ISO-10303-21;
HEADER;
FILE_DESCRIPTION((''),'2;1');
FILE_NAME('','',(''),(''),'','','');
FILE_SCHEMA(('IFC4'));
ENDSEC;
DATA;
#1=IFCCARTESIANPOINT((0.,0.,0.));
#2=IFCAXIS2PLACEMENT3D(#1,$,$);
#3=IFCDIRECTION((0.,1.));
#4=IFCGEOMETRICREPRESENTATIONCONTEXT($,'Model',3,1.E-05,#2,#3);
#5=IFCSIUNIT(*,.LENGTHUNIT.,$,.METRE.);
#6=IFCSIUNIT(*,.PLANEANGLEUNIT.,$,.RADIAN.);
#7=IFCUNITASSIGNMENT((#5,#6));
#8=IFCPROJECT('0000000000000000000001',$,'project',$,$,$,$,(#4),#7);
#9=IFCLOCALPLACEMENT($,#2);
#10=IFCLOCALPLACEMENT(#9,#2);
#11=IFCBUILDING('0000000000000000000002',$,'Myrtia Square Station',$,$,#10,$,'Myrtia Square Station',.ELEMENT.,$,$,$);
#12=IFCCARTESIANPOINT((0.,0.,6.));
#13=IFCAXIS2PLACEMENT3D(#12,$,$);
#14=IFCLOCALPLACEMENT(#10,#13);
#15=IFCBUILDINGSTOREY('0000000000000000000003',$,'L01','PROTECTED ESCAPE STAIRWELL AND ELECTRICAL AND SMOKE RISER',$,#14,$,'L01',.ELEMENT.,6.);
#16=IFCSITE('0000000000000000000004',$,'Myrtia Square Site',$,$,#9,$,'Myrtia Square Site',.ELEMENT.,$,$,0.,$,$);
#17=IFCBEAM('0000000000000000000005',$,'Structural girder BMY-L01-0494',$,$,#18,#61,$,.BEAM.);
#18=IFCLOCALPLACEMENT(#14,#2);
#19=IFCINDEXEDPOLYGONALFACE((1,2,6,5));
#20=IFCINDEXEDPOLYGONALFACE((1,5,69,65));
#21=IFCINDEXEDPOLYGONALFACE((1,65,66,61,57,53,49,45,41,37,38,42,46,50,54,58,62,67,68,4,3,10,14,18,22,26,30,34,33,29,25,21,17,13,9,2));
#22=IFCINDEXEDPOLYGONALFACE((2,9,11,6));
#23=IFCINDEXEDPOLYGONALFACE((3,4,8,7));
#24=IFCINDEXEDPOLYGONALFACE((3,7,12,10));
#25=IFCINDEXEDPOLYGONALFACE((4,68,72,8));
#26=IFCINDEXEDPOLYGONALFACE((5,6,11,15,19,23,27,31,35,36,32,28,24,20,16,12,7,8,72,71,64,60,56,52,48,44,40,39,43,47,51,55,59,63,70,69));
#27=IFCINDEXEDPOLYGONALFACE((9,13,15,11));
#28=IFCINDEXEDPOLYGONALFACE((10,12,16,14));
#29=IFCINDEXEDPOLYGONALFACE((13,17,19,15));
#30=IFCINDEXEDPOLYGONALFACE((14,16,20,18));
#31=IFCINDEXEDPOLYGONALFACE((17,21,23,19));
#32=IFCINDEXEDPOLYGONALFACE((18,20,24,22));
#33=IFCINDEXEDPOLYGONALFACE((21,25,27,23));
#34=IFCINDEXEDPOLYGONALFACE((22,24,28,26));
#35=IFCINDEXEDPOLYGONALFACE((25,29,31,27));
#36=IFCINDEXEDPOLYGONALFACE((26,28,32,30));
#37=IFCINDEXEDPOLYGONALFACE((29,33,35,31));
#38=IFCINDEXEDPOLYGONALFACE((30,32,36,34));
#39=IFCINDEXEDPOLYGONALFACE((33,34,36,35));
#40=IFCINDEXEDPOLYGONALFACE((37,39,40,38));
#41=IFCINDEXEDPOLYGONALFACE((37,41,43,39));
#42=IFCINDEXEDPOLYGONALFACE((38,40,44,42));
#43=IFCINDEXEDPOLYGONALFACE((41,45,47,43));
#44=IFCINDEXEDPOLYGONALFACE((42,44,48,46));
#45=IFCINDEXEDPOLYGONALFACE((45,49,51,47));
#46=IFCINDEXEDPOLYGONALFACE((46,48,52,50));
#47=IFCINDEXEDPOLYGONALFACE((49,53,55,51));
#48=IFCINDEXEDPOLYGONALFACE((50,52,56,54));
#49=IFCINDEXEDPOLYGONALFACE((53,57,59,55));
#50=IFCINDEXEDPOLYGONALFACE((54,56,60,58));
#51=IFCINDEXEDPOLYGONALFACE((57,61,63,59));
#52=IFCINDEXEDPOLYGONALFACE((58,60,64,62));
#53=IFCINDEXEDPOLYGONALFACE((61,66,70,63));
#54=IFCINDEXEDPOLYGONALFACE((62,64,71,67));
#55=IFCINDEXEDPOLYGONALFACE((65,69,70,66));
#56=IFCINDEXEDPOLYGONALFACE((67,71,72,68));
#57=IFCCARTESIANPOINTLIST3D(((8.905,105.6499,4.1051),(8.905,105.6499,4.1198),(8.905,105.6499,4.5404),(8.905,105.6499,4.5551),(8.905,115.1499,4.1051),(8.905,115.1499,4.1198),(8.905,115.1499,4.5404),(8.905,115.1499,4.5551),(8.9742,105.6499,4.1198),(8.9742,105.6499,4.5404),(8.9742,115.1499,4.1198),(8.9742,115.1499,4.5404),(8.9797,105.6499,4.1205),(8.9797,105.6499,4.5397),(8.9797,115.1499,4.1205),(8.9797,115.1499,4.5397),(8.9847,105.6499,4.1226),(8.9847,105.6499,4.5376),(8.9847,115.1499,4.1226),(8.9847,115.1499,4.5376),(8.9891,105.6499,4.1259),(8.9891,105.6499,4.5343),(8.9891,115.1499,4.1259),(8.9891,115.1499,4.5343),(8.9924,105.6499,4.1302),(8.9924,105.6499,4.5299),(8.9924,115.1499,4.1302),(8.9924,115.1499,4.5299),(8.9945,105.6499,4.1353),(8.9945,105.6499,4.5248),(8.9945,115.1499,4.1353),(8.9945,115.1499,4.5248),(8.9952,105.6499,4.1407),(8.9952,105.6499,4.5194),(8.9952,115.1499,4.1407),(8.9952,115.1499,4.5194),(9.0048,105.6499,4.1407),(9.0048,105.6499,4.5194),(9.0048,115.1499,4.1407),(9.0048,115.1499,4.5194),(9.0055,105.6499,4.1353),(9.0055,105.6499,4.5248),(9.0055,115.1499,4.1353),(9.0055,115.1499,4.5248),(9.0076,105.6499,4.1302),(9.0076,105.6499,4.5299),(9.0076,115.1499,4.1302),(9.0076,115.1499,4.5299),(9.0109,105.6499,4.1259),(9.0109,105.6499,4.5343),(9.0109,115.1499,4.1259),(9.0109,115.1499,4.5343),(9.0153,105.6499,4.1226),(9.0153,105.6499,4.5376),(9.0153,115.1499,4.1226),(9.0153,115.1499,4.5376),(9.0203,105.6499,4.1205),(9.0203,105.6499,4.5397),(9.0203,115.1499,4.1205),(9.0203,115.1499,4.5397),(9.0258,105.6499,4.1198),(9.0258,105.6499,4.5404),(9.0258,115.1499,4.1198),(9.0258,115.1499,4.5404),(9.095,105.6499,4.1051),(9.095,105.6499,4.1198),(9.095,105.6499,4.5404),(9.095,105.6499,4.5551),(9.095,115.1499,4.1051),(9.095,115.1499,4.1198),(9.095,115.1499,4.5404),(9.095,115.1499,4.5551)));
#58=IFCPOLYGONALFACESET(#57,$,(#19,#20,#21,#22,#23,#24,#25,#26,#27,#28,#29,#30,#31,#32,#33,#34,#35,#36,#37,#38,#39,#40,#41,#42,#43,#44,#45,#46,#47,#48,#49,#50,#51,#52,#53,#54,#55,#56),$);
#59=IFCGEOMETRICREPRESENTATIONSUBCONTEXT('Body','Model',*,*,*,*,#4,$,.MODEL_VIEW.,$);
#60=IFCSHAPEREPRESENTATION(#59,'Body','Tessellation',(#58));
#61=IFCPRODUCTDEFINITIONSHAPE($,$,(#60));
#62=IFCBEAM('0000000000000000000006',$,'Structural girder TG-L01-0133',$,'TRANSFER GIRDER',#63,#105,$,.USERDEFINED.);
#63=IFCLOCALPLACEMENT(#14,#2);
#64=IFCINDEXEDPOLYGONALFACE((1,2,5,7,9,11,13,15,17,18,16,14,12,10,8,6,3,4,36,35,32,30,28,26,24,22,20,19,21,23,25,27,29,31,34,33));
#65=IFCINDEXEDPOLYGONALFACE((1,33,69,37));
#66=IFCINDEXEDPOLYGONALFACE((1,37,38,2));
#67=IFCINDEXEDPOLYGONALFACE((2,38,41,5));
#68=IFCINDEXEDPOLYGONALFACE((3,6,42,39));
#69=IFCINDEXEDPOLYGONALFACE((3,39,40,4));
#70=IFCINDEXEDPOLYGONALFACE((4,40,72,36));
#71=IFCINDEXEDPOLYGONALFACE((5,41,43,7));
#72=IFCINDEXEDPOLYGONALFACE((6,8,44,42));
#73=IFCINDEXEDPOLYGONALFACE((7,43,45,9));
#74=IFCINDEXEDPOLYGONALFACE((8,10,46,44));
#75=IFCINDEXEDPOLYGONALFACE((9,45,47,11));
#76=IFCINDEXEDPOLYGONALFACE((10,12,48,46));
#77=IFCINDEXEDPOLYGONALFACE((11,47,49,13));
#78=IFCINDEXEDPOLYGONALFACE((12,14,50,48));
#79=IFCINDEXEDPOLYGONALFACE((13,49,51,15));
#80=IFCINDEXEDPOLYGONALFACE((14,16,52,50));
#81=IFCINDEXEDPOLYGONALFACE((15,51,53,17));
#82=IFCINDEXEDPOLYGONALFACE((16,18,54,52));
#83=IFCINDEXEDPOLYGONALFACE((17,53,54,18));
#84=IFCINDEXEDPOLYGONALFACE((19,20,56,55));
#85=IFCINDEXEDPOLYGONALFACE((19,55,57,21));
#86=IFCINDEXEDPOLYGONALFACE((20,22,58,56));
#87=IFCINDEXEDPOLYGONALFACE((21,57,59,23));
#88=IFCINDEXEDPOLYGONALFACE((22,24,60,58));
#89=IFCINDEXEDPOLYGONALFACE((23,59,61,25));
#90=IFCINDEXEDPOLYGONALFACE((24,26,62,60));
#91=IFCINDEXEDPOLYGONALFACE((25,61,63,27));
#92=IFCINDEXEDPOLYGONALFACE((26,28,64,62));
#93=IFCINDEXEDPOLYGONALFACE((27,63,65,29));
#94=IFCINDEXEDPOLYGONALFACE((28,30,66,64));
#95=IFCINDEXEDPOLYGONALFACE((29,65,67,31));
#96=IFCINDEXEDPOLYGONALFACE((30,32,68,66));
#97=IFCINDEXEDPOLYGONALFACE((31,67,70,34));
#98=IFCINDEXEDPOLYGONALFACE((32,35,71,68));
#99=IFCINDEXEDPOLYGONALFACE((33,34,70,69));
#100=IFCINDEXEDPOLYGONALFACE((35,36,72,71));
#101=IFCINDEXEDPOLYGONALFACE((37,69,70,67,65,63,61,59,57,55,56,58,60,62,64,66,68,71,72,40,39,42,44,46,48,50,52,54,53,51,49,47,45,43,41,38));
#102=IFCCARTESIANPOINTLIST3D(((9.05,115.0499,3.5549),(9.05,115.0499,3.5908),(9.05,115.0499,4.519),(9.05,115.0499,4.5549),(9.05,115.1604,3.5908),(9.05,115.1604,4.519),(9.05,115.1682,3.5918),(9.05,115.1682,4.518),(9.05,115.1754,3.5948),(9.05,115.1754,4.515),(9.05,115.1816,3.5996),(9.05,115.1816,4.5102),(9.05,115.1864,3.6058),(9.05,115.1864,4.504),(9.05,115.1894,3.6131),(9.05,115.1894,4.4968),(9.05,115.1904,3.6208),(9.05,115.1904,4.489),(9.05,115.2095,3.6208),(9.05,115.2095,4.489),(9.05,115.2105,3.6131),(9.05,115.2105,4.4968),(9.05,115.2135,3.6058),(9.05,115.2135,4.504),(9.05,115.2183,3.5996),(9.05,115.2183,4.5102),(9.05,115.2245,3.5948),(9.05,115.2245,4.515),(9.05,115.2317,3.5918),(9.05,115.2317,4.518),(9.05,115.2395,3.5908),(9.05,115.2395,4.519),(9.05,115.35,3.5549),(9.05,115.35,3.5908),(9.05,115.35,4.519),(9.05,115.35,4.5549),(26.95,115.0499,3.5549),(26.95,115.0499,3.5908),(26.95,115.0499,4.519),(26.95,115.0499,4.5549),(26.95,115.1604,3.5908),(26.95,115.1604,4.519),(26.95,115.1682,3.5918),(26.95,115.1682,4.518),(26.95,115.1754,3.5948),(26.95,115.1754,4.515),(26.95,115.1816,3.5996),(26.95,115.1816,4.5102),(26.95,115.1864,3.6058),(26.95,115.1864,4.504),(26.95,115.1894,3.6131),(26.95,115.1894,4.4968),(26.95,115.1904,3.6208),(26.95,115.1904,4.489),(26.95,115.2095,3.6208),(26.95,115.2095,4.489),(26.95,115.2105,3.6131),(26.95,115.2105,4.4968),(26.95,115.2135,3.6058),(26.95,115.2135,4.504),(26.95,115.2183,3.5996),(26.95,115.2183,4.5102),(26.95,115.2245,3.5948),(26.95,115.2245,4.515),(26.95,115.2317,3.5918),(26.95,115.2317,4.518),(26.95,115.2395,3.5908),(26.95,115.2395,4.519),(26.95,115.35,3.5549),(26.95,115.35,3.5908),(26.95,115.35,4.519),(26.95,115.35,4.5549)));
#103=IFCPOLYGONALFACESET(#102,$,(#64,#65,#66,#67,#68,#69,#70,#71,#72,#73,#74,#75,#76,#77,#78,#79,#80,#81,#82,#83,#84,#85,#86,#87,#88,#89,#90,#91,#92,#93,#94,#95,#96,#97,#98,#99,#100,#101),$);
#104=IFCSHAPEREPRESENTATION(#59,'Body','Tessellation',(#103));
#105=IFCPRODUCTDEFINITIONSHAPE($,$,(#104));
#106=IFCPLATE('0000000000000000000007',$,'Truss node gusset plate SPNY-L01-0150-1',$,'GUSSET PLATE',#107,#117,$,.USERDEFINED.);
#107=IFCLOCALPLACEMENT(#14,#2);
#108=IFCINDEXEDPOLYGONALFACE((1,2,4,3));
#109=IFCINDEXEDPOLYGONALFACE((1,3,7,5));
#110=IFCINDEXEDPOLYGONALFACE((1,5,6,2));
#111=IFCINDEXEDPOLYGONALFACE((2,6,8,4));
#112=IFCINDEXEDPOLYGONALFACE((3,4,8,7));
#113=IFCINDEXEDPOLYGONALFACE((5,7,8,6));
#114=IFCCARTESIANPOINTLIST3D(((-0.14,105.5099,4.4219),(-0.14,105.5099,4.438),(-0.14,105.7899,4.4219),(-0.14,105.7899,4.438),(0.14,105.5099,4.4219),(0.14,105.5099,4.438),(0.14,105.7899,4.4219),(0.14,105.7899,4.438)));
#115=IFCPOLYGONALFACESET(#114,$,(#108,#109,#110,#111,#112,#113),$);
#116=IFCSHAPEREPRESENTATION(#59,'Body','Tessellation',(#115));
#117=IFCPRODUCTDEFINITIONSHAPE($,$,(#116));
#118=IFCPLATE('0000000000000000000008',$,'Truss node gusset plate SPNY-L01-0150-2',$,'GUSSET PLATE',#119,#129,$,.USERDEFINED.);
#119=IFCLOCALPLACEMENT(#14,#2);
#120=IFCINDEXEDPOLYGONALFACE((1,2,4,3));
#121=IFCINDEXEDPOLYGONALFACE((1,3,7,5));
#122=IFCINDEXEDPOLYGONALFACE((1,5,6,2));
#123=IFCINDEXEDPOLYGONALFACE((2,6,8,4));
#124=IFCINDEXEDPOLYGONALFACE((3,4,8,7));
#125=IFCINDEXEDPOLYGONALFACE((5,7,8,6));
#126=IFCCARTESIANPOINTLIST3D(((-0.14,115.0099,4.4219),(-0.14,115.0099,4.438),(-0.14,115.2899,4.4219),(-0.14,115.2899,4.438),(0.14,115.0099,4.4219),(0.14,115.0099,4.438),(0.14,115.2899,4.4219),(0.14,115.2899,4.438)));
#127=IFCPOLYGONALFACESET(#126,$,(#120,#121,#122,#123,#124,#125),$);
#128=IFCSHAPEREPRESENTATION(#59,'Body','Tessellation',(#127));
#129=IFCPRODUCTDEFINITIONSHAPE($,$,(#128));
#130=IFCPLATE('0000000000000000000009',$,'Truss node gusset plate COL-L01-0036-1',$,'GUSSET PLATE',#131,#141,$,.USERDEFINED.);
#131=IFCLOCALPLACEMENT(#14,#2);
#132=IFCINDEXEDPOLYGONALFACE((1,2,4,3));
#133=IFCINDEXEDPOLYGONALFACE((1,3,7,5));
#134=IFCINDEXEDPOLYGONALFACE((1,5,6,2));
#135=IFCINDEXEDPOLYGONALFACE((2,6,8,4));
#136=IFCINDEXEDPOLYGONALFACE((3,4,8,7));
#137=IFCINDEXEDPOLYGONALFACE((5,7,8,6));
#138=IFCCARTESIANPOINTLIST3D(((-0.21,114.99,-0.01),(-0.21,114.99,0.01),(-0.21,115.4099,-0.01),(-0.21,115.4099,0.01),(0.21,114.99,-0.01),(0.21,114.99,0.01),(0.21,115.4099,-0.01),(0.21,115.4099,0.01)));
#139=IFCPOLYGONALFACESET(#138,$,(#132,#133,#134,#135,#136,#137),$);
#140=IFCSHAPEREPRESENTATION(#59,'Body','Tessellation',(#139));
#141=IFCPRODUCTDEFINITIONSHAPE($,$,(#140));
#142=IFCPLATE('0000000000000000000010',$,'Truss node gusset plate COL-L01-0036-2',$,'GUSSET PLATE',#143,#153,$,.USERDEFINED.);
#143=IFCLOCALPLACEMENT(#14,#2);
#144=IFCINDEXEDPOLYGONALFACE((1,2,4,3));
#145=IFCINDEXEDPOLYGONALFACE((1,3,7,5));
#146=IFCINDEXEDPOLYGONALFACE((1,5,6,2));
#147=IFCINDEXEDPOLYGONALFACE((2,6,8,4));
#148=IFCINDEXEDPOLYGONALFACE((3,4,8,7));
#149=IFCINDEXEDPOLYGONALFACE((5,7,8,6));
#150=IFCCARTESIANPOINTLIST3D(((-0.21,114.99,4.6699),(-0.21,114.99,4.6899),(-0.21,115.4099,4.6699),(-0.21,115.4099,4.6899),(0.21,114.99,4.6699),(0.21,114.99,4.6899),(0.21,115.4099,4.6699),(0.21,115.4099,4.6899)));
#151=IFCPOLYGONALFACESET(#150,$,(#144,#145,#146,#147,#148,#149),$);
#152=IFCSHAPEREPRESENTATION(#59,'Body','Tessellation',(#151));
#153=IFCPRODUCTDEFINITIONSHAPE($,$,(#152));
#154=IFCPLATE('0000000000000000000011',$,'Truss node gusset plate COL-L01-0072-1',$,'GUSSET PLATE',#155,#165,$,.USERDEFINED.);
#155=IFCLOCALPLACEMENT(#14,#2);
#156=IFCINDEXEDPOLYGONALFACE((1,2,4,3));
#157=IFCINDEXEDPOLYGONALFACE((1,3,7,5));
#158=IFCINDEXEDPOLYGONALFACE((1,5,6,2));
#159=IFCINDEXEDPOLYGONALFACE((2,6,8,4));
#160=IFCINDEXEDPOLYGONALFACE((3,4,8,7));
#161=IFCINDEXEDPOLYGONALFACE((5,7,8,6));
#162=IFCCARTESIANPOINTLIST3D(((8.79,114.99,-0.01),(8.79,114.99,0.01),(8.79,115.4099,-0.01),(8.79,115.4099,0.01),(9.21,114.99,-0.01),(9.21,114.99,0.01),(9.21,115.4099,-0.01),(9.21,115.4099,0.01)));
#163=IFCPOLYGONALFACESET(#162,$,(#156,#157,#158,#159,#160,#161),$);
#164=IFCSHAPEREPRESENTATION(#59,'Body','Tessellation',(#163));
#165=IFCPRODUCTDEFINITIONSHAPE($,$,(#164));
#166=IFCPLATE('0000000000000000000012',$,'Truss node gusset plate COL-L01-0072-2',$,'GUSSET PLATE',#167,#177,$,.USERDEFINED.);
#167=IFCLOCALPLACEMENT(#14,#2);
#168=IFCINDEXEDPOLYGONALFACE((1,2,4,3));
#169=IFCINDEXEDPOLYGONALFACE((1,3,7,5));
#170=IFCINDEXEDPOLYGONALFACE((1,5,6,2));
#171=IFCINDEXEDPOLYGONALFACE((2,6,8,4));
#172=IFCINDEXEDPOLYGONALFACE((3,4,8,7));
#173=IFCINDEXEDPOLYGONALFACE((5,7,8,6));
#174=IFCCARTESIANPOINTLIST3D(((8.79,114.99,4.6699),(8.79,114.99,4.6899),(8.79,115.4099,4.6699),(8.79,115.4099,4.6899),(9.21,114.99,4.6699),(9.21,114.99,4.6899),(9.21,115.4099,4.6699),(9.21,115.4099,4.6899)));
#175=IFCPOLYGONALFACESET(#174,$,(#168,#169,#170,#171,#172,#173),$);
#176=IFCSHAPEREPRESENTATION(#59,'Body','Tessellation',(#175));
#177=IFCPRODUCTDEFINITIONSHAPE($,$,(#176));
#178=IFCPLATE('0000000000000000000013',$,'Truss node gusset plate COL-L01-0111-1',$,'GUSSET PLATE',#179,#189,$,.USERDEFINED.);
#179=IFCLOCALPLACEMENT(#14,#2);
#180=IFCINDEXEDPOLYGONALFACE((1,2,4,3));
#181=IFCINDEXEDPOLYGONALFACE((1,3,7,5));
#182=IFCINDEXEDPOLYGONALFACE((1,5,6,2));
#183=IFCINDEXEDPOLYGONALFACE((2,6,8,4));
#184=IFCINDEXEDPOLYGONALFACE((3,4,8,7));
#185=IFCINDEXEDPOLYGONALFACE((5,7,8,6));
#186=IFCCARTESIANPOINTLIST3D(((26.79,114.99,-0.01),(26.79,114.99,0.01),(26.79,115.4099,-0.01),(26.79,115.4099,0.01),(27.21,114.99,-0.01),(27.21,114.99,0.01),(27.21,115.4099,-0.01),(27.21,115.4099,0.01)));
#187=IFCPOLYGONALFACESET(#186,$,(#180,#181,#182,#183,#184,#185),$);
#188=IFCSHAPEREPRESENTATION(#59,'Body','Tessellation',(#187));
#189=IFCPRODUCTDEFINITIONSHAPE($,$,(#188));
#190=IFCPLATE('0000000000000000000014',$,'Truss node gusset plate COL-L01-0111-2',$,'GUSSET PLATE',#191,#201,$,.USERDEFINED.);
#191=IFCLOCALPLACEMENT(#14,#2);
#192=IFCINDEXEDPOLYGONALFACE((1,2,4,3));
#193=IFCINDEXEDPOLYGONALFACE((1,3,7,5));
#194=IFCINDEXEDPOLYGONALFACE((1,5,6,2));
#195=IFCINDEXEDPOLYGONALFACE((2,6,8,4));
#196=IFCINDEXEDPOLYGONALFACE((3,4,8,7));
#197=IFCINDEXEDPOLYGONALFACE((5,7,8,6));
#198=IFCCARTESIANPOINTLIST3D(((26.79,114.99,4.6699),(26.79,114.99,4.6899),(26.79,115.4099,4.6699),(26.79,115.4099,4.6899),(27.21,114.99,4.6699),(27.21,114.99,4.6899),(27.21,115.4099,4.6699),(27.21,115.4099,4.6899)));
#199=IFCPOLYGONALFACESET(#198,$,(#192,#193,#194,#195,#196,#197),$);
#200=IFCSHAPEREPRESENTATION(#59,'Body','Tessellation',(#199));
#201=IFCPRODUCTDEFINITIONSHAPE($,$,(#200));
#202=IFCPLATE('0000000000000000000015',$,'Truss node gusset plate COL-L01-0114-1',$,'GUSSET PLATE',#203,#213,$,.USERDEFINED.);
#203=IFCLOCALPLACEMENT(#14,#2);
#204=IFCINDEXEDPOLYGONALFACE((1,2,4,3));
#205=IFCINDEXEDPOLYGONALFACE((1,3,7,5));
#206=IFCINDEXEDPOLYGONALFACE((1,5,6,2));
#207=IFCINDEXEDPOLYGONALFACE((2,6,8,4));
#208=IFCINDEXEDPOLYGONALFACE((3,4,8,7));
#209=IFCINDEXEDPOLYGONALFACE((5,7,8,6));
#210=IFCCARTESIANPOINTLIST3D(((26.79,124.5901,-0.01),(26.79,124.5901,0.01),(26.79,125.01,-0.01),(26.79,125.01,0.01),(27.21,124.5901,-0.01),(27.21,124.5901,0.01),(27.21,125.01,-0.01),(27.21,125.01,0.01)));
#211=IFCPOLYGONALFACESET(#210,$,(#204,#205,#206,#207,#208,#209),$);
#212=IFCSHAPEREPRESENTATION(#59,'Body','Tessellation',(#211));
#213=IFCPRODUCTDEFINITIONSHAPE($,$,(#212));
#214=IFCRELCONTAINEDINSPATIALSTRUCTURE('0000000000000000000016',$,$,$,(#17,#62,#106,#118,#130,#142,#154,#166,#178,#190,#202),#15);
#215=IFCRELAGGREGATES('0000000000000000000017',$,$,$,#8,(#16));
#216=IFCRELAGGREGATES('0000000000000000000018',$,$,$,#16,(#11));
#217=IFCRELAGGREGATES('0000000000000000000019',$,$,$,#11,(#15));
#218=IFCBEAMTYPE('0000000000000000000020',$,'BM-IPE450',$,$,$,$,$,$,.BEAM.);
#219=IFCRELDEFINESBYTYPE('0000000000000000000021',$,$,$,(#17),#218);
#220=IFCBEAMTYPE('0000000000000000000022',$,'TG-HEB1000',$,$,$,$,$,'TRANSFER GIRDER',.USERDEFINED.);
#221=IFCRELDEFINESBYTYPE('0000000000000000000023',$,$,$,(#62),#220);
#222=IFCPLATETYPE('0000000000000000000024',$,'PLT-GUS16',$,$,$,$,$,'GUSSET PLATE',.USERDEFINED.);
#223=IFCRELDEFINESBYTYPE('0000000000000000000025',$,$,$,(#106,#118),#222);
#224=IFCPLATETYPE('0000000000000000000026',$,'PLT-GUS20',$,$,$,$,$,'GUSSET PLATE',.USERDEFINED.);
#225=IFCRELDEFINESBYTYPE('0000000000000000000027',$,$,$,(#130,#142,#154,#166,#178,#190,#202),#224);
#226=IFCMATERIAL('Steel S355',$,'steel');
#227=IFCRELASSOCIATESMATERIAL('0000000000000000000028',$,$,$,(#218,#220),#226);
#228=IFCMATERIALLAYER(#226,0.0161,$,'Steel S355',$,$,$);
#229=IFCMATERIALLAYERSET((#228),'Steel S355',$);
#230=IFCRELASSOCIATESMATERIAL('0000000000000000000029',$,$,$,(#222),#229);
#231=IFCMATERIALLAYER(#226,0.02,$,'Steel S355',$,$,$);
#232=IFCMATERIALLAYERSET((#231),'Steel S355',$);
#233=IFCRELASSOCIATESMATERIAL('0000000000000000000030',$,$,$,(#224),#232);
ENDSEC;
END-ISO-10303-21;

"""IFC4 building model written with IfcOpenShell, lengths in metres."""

from ifc_helpers import new_model, si_unit, direction, frame, origin, origin_2d, place, context, subcontext, project, spatial, rectangle, i_section, extrude, material, layer, layer_set, material_profile, profile_set, type_object, element, save


model = new_model("IFC4")

# Units and contexts
model_context = context("Model", 3, precision=1e-05, world=origin(), true_north=direction((0.0, 1.0)))
body_context = subcontext(model_context, "Body", "Model", "MODEL_VIEW")
ifc_project = project(units=[si_unit("LENGTHUNIT", "METRE"), si_unit("PLANEANGLEUNIT", "RADIAN")], contexts=[model_context])

# Site, building, storey
site_placement = place(None, origin())
site = spatial("IfcSite", under=ifc_project, at=site_placement, Name="Myrtia Square Site", LongName="Myrtia Square Site", CompositionType="ELEMENT", RefElevation=0.0)
building_placement = place(site_placement, origin())
building = spatial("IfcBuilding", under=site, at=building_placement, Name="Myrtia Square Station", LongName="Myrtia Square Station", CompositionType="ELEMENT")
storey_placement = place(building_placement, frame((0.0, 0.0, 6.0)))
storey = spatial("IfcBuildingStorey", under=building, at=storey_placement, Name="L01", Description="PROTECTED ESCAPE STAIRWELL AND ELECTRICAL AND SMOKE RISER", LongName="L01", CompositionType="ELEMENT", Elevation=6.0)

# Shared definitions
ifc_material_1 = material(Name="Steel S355", Category="steel")

# Beams
ifc_material_profile_1 = material_profile(ifc_material_1, i_section(OverallWidth=0.1899, OverallDepth=0.45, WebThickness=0.0095, FlangeThickness=0.0146, FilletRadius=0.021, at=origin_2d()), Name="IPE 450")
ifc_profile_set_1 = profile_set([ifc_material_profile_1], Name="Steel S355")
beam_type_1 = type_object("IfcBeamType", Name="BM-IPE450", PredefinedType="BEAM", material=ifc_profile_set_1)
beam_1_placement = place(storey_placement, frame((9.0, 105.6499, 4.3301), z_axis=(0.0, 1.0, 0.0), x_axis=(-1.0, 0.0, 0.0)))
element("IfcBeam", 1, at=beam_1_placement, inside=storey, type_object=beam_type_1, Name="Structural girder BMY-L01-0494", PredefinedType="BEAM", context=body_context, shape_type="SweptSolid", body=[
    extrude(i_section(OverallWidth=0.1899, OverallDepth=0.45, WebThickness=0.0095, FlangeThickness=0.0146, FilletRadius=0.021, at=origin_2d()), origin(), (0.0, 0.0, 1.0), 9.5),
])
ifc_material_profile_2 = material_profile(ifc_material_1, i_section(OverallWidth=0.3, OverallDepth=1.0, WebThickness=0.019, FlangeThickness=0.0359, FilletRadius=0.03, at=origin_2d()), Name="HEB 1000")
ifc_profile_set_2 = profile_set([ifc_material_profile_2], Name="Steel S355")
beam_type_2 = type_object("IfcBeamType", Name="TG-HEB1000", ElementType="TRANSFER GIRDER", PredefinedType="USERDEFINED", material=ifc_profile_set_2)
beam_2_placement = place(storey_placement, frame((9.05, 115.2, 4.0549), z_axis=(1.0, 0.0, 0.0), x_axis=(0.0, 1.0, 0.0)))
element("IfcBeam", 2, at=beam_2_placement, inside=storey, type_object=beam_type_2, Name="Structural girder TG-L01-0133", ObjectType="TRANSFER GIRDER", PredefinedType="USERDEFINED", context=body_context, shape_type="SweptSolid", body=[
    extrude(i_section(OverallWidth=0.3, OverallDepth=1.0, WebThickness=0.019, FlangeThickness=0.0359, FilletRadius=0.03, at=origin_2d()), origin(), (0.0, 0.0, 1.0), 17.8999),
])

# Plates
ifc_layer_1 = layer(ifc_material_1, 0.0161, Name="Steel S355")
ifc_layer_set_1 = layer_set([ifc_layer_1], Name="Steel S355")
plate_type_1 = type_object("IfcPlateType", Name="PLT-GUS16", ElementType="GUSSET PLATE", PredefinedType="USERDEFINED", material=ifc_layer_set_1)
for number, where, z_axis, x_axis, name in (
    (3, (0.0, 105.6499, 4.4219), (0.0, 0.0, 1.0), (0.0, 1.0, 0.0), "Truss node gusset plate SPNY-L01-0150-1"),
    (4, (0.0, 115.1499, 4.4219), (0.0, 0.0, 1.0), (0.0, 1.0, 0.0), "Truss node gusset plate SPNY-L01-0150-2"),
):
    element("IfcPlate", number, at=place(storey_placement, frame(where, z_axis=z_axis, x_axis=x_axis)), inside=storey, type_object=plate_type_1, Name=name, ObjectType="GUSSET PLATE", PredefinedType="USERDEFINED", context=body_context, shape_type="SweptSolid", body=[
        extrude(rectangle(XDim=0.28, YDim=0.28, at=origin_2d()), origin(), (0.0, 0.0, 1.0), 0.0161),
    ])
ifc_layer_2 = layer(ifc_material_1, 0.02, Name="Steel S355")
ifc_layer_set_2 = layer_set([ifc_layer_2], Name="Steel S355")
plate_type_2 = type_object("IfcPlateType", Name="PLT-GUS20", ElementType="GUSSET PLATE", PredefinedType="USERDEFINED", material=ifc_layer_set_2)
for number, where, z_axis, x_axis, name in (
    (5, (0.0, 115.2, -0.01), (0.0, 0.0, 1.0), (1.0, 0.0, 0.0), "Truss node gusset plate COL-L01-0036-1"),
    (6, (0.0, 115.2, 4.6699), (0.0, 0.0, 1.0), (1.0, 0.0, 0.0), "Truss node gusset plate COL-L01-0036-2"),
    (7, (9.0, 115.2, -0.01), (0.0, 0.0, 1.0), (1.0, 0.0, 0.0), "Truss node gusset plate COL-L01-0072-1"),
    (8, (9.0, 115.2, 4.6699), (0.0, 0.0, 1.0), (1.0, 0.0, 0.0), "Truss node gusset plate COL-L01-0072-2"),
    (9, (27.0, 115.2, -0.01), (0.0, 0.0, 1.0), (1.0, 0.0, 0.0), "Truss node gusset plate COL-L01-0111-1"),
    (10, (27.0, 115.2, 4.6699), (0.0, 0.0, 1.0), (1.0, 0.0, 0.0), "Truss node gusset plate COL-L01-0111-2"),
    (11, (27.0, 124.8, -0.01), (0.0, 0.0, 1.0), (1.0, 0.0, 0.0), "Truss node gusset plate COL-L01-0114-1"),
):
    element("IfcPlate", number, at=place(storey_placement, frame(where, z_axis=z_axis, x_axis=x_axis)), inside=storey, type_object=plate_type_2, Name=name, ObjectType="GUSSET PLATE", PredefinedType="USERDEFINED", context=body_context, shape_type="SweptSolid", body=[
        extrude(rectangle(XDim=0.4199, YDim=0.4199, at=origin_2d()), origin(), (0.0, 0.0, 1.0), 0.02),
    ])

save(model, "model.ifc")
